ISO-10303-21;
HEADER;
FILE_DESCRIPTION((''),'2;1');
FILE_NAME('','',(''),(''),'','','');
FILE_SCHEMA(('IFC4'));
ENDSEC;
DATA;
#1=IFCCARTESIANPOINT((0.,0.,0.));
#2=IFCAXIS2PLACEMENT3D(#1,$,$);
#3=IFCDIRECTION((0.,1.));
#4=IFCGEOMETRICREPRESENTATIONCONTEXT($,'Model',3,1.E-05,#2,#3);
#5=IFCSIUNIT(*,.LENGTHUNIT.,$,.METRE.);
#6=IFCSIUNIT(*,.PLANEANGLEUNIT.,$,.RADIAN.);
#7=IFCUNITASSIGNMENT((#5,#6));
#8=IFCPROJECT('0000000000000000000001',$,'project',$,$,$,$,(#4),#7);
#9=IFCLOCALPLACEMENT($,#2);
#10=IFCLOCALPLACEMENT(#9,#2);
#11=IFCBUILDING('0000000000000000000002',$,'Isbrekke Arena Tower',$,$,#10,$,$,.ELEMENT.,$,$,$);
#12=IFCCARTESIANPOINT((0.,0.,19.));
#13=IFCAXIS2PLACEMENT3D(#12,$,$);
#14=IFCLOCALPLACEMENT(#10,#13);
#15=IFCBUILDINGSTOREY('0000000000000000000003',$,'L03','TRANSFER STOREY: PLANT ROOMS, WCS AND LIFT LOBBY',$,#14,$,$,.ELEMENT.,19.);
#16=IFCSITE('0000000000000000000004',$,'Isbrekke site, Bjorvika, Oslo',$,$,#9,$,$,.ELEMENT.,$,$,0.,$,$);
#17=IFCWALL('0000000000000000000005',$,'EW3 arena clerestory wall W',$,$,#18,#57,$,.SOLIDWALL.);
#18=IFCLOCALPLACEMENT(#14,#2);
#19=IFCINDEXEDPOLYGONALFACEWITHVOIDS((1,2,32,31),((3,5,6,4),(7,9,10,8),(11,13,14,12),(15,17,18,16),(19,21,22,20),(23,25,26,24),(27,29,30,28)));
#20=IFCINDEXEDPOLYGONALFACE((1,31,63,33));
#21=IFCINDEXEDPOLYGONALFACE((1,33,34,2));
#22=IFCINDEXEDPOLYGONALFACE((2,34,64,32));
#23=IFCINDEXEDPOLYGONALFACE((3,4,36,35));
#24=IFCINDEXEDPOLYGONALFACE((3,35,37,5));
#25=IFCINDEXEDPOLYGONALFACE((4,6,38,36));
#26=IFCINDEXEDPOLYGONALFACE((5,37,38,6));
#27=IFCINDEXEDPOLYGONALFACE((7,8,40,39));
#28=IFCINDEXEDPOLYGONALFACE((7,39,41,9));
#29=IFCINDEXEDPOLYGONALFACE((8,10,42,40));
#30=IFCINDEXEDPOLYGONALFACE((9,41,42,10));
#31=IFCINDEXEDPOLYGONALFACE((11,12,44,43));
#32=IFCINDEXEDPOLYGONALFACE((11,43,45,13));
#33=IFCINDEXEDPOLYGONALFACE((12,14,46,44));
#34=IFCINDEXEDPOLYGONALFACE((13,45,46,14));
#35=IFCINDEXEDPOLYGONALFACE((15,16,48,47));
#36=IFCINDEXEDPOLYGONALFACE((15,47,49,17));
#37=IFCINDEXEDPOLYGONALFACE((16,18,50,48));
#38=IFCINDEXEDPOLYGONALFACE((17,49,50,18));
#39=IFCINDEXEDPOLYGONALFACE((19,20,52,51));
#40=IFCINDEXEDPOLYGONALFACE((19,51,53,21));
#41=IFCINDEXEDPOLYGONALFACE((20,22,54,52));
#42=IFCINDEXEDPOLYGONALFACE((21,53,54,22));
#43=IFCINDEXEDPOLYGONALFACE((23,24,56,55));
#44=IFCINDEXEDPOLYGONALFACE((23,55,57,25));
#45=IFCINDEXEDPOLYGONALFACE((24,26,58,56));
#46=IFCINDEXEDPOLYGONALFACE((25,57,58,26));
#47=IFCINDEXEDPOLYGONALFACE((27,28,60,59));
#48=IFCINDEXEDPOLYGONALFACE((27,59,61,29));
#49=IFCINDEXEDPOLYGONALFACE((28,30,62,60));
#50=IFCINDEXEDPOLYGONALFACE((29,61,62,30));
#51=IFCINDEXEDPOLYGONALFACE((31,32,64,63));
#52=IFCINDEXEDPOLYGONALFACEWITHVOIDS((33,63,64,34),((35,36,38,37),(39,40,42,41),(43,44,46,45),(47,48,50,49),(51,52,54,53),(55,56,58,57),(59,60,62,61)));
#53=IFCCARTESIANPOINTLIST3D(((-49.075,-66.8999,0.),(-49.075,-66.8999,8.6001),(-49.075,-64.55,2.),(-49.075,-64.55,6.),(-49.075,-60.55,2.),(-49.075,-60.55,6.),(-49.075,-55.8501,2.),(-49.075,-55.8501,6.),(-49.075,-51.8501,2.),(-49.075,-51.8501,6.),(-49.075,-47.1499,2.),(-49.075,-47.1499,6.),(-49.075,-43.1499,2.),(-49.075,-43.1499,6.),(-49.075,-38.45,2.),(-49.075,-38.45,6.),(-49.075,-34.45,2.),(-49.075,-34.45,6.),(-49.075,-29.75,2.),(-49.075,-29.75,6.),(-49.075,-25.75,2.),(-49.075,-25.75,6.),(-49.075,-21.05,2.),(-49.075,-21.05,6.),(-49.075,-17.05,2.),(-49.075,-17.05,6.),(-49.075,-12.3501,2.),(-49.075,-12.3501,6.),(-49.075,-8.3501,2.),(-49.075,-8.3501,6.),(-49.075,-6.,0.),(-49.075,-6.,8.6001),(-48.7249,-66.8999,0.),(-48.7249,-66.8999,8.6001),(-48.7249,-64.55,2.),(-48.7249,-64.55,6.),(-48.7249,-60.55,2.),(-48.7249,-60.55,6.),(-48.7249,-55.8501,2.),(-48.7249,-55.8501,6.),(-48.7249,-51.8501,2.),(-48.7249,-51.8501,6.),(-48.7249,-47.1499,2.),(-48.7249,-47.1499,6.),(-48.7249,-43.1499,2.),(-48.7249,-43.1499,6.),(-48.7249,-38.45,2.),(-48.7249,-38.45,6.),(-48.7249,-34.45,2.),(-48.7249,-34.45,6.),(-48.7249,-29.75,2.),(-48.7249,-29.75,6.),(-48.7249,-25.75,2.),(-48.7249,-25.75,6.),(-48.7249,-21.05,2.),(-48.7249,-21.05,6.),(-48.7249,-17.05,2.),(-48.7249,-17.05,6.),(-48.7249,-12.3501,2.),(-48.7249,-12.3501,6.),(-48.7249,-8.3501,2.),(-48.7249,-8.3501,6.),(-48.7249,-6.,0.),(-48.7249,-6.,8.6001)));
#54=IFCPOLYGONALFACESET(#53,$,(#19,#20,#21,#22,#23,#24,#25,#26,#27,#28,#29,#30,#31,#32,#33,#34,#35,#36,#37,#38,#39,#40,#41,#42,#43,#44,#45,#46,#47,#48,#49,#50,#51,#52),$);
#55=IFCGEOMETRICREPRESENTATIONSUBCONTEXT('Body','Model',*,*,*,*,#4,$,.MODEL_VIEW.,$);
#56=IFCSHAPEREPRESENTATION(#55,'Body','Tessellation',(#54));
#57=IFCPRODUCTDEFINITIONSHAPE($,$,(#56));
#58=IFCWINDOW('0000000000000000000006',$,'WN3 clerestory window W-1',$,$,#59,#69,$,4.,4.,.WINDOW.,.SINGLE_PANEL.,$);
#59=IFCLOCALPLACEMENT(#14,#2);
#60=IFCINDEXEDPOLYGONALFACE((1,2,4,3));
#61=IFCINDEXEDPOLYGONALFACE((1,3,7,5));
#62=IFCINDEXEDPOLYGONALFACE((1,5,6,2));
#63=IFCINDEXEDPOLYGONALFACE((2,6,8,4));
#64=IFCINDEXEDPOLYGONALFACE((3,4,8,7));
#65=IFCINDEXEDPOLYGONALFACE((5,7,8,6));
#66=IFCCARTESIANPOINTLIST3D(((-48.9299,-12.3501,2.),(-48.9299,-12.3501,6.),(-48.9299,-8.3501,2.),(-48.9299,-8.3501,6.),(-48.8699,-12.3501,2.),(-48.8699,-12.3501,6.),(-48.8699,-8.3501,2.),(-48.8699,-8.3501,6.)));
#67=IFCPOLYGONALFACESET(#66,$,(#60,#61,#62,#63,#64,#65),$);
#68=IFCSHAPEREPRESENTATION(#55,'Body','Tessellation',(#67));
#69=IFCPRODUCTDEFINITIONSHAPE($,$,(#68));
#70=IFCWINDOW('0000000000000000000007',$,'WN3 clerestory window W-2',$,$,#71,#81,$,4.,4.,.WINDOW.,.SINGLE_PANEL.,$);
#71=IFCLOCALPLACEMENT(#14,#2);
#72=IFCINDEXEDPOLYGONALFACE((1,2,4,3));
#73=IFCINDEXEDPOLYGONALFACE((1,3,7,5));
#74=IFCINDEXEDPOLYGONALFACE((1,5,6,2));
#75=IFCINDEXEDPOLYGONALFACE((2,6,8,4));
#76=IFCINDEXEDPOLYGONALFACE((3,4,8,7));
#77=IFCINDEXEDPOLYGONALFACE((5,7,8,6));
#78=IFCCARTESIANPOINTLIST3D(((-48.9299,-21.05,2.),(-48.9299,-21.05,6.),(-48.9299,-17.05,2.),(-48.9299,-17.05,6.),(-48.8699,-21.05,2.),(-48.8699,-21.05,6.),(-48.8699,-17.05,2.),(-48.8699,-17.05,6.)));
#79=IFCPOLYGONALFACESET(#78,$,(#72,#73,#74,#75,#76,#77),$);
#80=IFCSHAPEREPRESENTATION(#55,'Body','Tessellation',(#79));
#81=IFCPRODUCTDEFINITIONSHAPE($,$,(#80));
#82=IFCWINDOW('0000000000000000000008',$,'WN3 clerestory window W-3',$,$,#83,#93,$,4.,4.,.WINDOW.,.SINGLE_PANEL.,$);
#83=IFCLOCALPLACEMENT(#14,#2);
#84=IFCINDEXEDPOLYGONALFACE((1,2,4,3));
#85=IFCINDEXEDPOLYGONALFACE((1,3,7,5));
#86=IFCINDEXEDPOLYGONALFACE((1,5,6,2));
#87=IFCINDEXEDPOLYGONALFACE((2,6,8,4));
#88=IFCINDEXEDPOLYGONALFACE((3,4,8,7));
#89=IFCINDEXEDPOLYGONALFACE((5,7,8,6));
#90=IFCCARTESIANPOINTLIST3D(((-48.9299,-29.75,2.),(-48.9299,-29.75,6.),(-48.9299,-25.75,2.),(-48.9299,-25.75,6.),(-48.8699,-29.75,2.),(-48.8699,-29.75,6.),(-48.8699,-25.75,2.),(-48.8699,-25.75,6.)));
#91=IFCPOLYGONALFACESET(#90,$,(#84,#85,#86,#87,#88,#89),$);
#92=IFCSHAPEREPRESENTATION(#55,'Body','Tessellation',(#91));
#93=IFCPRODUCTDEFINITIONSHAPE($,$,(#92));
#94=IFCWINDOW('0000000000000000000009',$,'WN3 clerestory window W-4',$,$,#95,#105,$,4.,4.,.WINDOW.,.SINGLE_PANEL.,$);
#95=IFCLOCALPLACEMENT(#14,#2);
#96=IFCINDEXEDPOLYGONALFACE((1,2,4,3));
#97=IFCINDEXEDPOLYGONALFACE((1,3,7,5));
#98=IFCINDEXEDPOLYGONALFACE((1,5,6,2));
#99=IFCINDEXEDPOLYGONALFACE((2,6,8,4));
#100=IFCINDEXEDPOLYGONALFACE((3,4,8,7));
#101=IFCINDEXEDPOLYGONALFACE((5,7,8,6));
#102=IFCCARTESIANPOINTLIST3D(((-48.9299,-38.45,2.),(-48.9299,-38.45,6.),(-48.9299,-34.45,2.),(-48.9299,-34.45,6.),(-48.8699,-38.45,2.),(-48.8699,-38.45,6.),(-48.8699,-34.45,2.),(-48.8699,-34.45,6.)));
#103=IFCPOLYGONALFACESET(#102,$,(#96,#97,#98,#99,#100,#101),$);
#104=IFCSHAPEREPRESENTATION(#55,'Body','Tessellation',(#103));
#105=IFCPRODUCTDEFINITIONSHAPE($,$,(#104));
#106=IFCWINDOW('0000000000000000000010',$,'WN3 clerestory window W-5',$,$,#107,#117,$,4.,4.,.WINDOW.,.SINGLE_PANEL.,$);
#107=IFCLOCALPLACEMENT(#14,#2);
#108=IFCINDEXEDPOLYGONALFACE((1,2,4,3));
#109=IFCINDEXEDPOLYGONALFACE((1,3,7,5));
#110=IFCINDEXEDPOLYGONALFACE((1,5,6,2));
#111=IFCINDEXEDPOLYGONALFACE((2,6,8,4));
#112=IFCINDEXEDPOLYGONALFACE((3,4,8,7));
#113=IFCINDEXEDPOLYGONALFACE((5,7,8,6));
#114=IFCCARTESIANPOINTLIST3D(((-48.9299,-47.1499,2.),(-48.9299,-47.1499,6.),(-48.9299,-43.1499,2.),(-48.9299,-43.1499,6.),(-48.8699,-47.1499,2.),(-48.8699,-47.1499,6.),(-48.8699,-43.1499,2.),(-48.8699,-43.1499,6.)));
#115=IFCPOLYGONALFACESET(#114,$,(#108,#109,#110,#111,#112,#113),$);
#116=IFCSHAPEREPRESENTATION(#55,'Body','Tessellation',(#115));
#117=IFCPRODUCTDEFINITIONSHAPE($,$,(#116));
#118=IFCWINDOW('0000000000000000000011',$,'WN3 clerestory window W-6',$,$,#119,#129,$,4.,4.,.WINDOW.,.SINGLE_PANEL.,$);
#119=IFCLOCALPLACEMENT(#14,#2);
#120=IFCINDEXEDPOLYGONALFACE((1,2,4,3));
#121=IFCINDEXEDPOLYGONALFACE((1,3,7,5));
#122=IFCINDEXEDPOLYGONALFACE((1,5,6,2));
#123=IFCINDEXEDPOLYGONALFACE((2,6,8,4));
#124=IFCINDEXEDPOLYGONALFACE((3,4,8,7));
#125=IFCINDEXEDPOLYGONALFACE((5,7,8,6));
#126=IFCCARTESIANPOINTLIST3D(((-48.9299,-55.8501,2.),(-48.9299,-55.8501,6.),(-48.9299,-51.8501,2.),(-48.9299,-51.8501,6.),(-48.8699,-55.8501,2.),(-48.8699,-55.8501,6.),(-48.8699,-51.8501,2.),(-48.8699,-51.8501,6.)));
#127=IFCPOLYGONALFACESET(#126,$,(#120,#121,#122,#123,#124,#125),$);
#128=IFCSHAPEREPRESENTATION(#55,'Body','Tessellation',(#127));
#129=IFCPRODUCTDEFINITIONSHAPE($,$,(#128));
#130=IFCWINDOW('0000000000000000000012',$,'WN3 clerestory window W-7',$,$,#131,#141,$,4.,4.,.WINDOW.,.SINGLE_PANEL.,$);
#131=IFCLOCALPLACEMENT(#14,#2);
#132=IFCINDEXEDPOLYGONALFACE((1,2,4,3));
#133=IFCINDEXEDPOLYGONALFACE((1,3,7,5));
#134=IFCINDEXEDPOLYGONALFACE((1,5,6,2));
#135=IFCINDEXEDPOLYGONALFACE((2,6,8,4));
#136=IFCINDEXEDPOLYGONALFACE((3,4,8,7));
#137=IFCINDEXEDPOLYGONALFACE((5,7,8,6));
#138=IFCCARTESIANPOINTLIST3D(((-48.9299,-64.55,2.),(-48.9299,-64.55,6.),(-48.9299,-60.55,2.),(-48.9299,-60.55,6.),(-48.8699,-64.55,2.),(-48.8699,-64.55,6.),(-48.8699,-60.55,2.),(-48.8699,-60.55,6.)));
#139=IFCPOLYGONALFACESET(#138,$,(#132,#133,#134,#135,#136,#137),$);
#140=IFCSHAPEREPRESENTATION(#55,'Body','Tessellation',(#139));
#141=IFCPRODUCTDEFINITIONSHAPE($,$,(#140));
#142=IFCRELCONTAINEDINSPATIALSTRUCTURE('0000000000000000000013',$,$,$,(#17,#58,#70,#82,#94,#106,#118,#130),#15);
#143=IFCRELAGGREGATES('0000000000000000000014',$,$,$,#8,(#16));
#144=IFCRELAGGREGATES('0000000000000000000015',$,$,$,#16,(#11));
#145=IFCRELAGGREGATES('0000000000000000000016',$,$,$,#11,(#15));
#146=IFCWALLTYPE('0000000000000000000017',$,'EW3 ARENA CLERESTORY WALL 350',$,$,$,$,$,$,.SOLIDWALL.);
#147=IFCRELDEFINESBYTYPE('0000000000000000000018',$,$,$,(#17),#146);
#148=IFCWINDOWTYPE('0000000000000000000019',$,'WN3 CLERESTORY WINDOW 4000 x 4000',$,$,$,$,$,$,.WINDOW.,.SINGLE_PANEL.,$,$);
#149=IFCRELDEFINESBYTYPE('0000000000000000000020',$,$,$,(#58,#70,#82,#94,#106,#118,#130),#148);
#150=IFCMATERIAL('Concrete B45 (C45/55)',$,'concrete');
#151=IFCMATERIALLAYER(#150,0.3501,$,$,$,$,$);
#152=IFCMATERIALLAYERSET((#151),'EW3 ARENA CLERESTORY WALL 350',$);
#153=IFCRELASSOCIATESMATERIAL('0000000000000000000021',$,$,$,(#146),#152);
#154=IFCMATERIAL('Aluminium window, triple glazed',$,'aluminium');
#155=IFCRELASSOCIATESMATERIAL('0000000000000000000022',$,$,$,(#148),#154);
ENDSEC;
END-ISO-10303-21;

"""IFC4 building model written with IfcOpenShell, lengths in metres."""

from ifc_helpers import new_model, si_unit, direction, frame, frame_2d, origin, place, context, subcontext, project, spatial, rectangle, extrude, material, layer, layer_set, type_object, element, fill, save


model = new_model("IFC4")

# Units and contexts
model_context = context("Model", 3, precision=1e-05, world=origin(), true_north=direction((0.0, 1.0)))
body_context = subcontext(model_context, "Body", "Model", "MODEL_VIEW")
ifc_project = project(units=[si_unit("LENGTHUNIT", "METRE"), si_unit("PLANEANGLEUNIT", "RADIAN")], contexts=[model_context])

# Site, building, storey
site_placement = place(None, origin())
site = spatial("IfcSite", under=ifc_project, at=site_placement, Name="Isbrekke site, Bjorvika, Oslo", CompositionType="ELEMENT", RefElevation=0.0)
building_placement = place(site_placement, origin())
building = spatial("IfcBuilding", under=site, at=building_placement, Name="Isbrekke Arena Tower", CompositionType="ELEMENT")
storey_placement = place(building_placement, frame((0.0, 0.0, 19.0)))
storey = spatial("IfcBuildingStorey", under=building, at=storey_placement, Name="L03", Description="TRANSFER STOREY: PLANT ROOMS, WCS AND LIFT LOBBY", CompositionType="ELEMENT", Elevation=19.0)

# Wall, openings, windows
ifc_material_1 = material(Name="Concrete B45 (C45/55)", Category="concrete")
ifc_layer_1 = layer(ifc_material_1, 0.3501)
ifc_layer_set_1 = layer_set([ifc_layer_1], Name="EW3 ARENA CLERESTORY WALL 350")
wall_type_1 = type_object("IfcWallType", Name="EW3 ARENA CLERESTORY WALL 350", PredefinedType="SOLIDWALL", material=ifc_layer_set_1)
wall_1_placement = place(storey_placement, frame((-48.8999, -6.0, 0.0), z_axis=(0.0, 0.0, 1.0), x_axis=(0.0, -1.0, 0.0)))
wall_1 = element("IfcWall", 1, at=wall_1_placement, inside=storey, type_object=wall_type_1, Name="EW3 arena clerestory wall W", PredefinedType="SOLIDWALL", context=body_context, shape_type="SweptSolid", body=[
    extrude(rectangle(XDim=60.8999, YDim=0.3501, at=frame_2d((30.45, 0.0))), origin(), (0.0, 0.0, 1.0), 8.6001),
])
opening_1_placement = place(wall_1_placement, frame((2.3501, 0.0, 2.0)))
opening_1 = element("IfcOpeningElement", 2, at=opening_1_placement, cuts=wall_1, PredefinedType="OPENING", context=body_context, shape_type="SweptSolid", body=[
    extrude(rectangle(XDim=4.0, YDim=4.0, at=frame_2d((2.0, 2.0))), frame((0.0, 0.1899, 0.0), z_axis=(0.0, -1.0, 0.0), x_axis=(1.0, 0.0, 0.0)), (0.0, 0.0, 1.0), 0.3799),
])
opening_2_placement = place(wall_1_placement, frame((11.05, 0.0, 2.0)))
opening_2 = element("IfcOpeningElement", 3, at=opening_2_placement, cuts=wall_1, PredefinedType="OPENING", context=body_context, shape_type="SweptSolid", body=[
    extrude(rectangle(XDim=4.0, YDim=4.0, at=frame_2d((2.0, 2.0))), frame((0.0, 0.1899, 0.0), z_axis=(0.0, -1.0, 0.0), x_axis=(1.0, 0.0, 0.0)), (0.0, 0.0, 1.0), 0.3799),
])
opening_3_placement = place(wall_1_placement, frame((19.75, 0.0, 2.0)))
opening_3 = element("IfcOpeningElement", 4, at=opening_3_placement, cuts=wall_1, PredefinedType="OPENING", context=body_context, shape_type="SweptSolid", body=[
    extrude(rectangle(XDim=4.0, YDim=4.0, at=frame_2d((2.0, 2.0))), frame((0.0, 0.1899, 0.0), z_axis=(0.0, -1.0, 0.0), x_axis=(1.0, 0.0, 0.0)), (0.0, 0.0, 1.0), 0.3799),
])
opening_4_placement = place(wall_1_placement, frame((28.45, 0.0, 2.0)))
opening_4 = element("IfcOpeningElement", 5, at=opening_4_placement, cuts=wall_1, PredefinedType="OPENING", context=body_context, shape_type="SweptSolid", body=[
    extrude(rectangle(XDim=4.0, YDim=4.0, at=frame_2d((2.0, 2.0))), frame((0.0, 0.1899, 0.0), z_axis=(0.0, -1.0, 0.0), x_axis=(1.0, 0.0, 0.0)), (0.0, 0.0, 1.0), 0.3799),
])
opening_5_placement = place(wall_1_placement, frame((37.1499, 0.0, 2.0)))
opening_5 = element("IfcOpeningElement", 6, at=opening_5_placement, cuts=wall_1, PredefinedType="OPENING", context=body_context, shape_type="SweptSolid", body=[
    extrude(rectangle(XDim=4.0, YDim=4.0, at=frame_2d((2.0, 2.0))), frame((0.0, 0.1899, 0.0), z_axis=(0.0, -1.0, 0.0), x_axis=(1.0, 0.0, 0.0)), (0.0, 0.0, 1.0), 0.3799),
])
opening_6_placement = place(wall_1_placement, frame((45.8501, 0.0, 2.0)))
opening_6 = element("IfcOpeningElement", 7, at=opening_6_placement, cuts=wall_1, PredefinedType="OPENING", context=body_context, shape_type="SweptSolid", body=[
    extrude(rectangle(XDim=4.0, YDim=4.0, at=frame_2d((2.0, 2.0))), frame((0.0, 0.1899, 0.0), z_axis=(0.0, -1.0, 0.0), x_axis=(1.0, 0.0, 0.0)), (0.0, 0.0, 1.0), 0.3799),
])
opening_7_placement = place(wall_1_placement, frame((54.55, 0.0, 2.0)))
opening_7 = element("IfcOpeningElement", 8, at=opening_7_placement, cuts=wall_1, PredefinedType="OPENING", context=body_context, shape_type="SweptSolid", body=[
    extrude(rectangle(XDim=4.0, YDim=4.0, at=frame_2d((2.0, 2.0))), frame((0.0, 0.1899, 0.0), z_axis=(0.0, -1.0, 0.0), x_axis=(1.0, 0.0, 0.0)), (0.0, 0.0, 1.0), 0.3799),
])
ifc_material_2 = material(Name="Aluminium window, triple glazed", Category="aluminium")
window_type = type_object("IfcWindowType", Name="WN3 CLERESTORY WINDOW 4000 x 4000", PartitioningType="SINGLE_PANEL", PredefinedType="WINDOW", material=ifc_material_2)
window_1_placement = place(opening_1_placement, origin())
window_1 = element("IfcWindow", 9, at=window_1_placement, inside=storey, type_object=window_type, Name="WN3 clerestory window W-1", OverallHeight=4.0, OverallWidth=4.0, PartitioningType="SINGLE_PANEL", PredefinedType="WINDOW", context=body_context, shape_type="SweptSolid", body=[
    extrude(rectangle(XDim=4.0, YDim=4.0, at=frame_2d((2.0, 2.0))), frame((0.0, 0.03, 0.0), z_axis=(0.0, -1.0, 0.0), x_axis=(1.0, 0.0, 0.0)), (0.0, 0.0, 1.0), 0.0601),
])
fill(opening_1, window_1)
window_2_placement = place(opening_2_placement, origin())
window_2 = element("IfcWindow", 10, at=window_2_placement, inside=storey, type_object=window_type, Name="WN3 clerestory window W-2", OverallHeight=4.0, OverallWidth=4.0, PartitioningType="SINGLE_PANEL", PredefinedType="WINDOW", context=body_context, shape_type="SweptSolid", body=[
    extrude(rectangle(XDim=4.0, YDim=4.0, at=frame_2d((2.0, 2.0))), frame((0.0, 0.03, 0.0), z_axis=(0.0, -1.0, 0.0), x_axis=(1.0, 0.0, 0.0)), (0.0, 0.0, 1.0), 0.0601),
])
fill(opening_2, window_2)
window_3_placement = place(opening_3_placement, origin())
window_3 = element("IfcWindow", 11, at=window_3_placement, inside=storey, type_object=window_type, Name="WN3 clerestory window W-3", OverallHeight=4.0, OverallWidth=4.0, PartitioningType="SINGLE_PANEL", PredefinedType="WINDOW", context=body_context, shape_type="SweptSolid", body=[
    extrude(rectangle(XDim=4.0, YDim=4.0, at=frame_2d((2.0, 2.0))), frame((0.0, 0.03, 0.0), z_axis=(0.0, -1.0, 0.0), x_axis=(1.0, 0.0, 0.0)), (0.0, 0.0, 1.0), 0.0601),
])
fill(opening_3, window_3)
window_4_placement = place(opening_4_placement, origin())
window_4 = element("IfcWindow", 12, at=window_4_placement, inside=storey, type_object=window_type, Name="WN3 clerestory window W-4", OverallHeight=4.0, OverallWidth=4.0, PartitioningType="SINGLE_PANEL", PredefinedType="WINDOW", context=body_context, shape_type="SweptSolid", body=[
    extrude(rectangle(XDim=4.0, YDim=4.0, at=frame_2d((2.0, 2.0))), frame((0.0, 0.03, 0.0), z_axis=(0.0, -1.0, 0.0), x_axis=(1.0, 0.0, 0.0)), (0.0, 0.0, 1.0), 0.0601),
])
fill(opening_4, window_4)
window_5_placement = place(opening_5_placement, origin())
window_5 = element("IfcWindow", 13, at=window_5_placement, inside=storey, type_object=window_type, Name="WN3 clerestory window W-5", OverallHeight=4.0, OverallWidth=4.0, PartitioningType="SINGLE_PANEL", PredefinedType="WINDOW", context=body_context, shape_type="SweptSolid", body=[
    extrude(rectangle(XDim=4.0, YDim=4.0, at=frame_2d((2.0, 2.0))), frame((0.0, 0.03, 0.0), z_axis=(0.0, -1.0, 0.0), x_axis=(1.0, 0.0, 0.0)), (0.0, 0.0, 1.0), 0.0601),
])
fill(opening_5, window_5)
window_6_placement = place(opening_6_placement, origin())
window_6 = element("IfcWindow", 14, at=window_6_placement, inside=storey, type_object=window_type, Name="WN3 clerestory window W-6", OverallHeight=4.0, OverallWidth=4.0, PartitioningType="SINGLE_PANEL", PredefinedType="WINDOW", context=body_context, shape_type="SweptSolid", body=[
    extrude(rectangle(XDim=4.0, YDim=4.0, at=frame_2d((2.0, 2.0))), frame((0.0, 0.03, 0.0), z_axis=(0.0, -1.0, 0.0), x_axis=(1.0, 0.0, 0.0)), (0.0, 0.0, 1.0), 0.0601),
])
fill(opening_6, window_6)
window_7_placement = place(opening_7_placement, origin())
window_7 = element("IfcWindow", 15, at=window_7_placement, inside=storey, type_object=window_type, Name="WN3 clerestory window W-7", OverallHeight=4.0, OverallWidth=4.0, PartitioningType="SINGLE_PANEL", PredefinedType="WINDOW", context=body_context, shape_type="SweptSolid", body=[
    extrude(rectangle(XDim=4.0, YDim=4.0, at=frame_2d((2.0, 2.0))), frame((0.0, 0.03, 0.0), z_axis=(0.0, -1.0, 0.0), x_axis=(1.0, 0.0, 0.0)), (0.0, 0.0, 1.0), 0.0601),
])
fill(opening_7, window_7)

save(model, "model.ifc")
